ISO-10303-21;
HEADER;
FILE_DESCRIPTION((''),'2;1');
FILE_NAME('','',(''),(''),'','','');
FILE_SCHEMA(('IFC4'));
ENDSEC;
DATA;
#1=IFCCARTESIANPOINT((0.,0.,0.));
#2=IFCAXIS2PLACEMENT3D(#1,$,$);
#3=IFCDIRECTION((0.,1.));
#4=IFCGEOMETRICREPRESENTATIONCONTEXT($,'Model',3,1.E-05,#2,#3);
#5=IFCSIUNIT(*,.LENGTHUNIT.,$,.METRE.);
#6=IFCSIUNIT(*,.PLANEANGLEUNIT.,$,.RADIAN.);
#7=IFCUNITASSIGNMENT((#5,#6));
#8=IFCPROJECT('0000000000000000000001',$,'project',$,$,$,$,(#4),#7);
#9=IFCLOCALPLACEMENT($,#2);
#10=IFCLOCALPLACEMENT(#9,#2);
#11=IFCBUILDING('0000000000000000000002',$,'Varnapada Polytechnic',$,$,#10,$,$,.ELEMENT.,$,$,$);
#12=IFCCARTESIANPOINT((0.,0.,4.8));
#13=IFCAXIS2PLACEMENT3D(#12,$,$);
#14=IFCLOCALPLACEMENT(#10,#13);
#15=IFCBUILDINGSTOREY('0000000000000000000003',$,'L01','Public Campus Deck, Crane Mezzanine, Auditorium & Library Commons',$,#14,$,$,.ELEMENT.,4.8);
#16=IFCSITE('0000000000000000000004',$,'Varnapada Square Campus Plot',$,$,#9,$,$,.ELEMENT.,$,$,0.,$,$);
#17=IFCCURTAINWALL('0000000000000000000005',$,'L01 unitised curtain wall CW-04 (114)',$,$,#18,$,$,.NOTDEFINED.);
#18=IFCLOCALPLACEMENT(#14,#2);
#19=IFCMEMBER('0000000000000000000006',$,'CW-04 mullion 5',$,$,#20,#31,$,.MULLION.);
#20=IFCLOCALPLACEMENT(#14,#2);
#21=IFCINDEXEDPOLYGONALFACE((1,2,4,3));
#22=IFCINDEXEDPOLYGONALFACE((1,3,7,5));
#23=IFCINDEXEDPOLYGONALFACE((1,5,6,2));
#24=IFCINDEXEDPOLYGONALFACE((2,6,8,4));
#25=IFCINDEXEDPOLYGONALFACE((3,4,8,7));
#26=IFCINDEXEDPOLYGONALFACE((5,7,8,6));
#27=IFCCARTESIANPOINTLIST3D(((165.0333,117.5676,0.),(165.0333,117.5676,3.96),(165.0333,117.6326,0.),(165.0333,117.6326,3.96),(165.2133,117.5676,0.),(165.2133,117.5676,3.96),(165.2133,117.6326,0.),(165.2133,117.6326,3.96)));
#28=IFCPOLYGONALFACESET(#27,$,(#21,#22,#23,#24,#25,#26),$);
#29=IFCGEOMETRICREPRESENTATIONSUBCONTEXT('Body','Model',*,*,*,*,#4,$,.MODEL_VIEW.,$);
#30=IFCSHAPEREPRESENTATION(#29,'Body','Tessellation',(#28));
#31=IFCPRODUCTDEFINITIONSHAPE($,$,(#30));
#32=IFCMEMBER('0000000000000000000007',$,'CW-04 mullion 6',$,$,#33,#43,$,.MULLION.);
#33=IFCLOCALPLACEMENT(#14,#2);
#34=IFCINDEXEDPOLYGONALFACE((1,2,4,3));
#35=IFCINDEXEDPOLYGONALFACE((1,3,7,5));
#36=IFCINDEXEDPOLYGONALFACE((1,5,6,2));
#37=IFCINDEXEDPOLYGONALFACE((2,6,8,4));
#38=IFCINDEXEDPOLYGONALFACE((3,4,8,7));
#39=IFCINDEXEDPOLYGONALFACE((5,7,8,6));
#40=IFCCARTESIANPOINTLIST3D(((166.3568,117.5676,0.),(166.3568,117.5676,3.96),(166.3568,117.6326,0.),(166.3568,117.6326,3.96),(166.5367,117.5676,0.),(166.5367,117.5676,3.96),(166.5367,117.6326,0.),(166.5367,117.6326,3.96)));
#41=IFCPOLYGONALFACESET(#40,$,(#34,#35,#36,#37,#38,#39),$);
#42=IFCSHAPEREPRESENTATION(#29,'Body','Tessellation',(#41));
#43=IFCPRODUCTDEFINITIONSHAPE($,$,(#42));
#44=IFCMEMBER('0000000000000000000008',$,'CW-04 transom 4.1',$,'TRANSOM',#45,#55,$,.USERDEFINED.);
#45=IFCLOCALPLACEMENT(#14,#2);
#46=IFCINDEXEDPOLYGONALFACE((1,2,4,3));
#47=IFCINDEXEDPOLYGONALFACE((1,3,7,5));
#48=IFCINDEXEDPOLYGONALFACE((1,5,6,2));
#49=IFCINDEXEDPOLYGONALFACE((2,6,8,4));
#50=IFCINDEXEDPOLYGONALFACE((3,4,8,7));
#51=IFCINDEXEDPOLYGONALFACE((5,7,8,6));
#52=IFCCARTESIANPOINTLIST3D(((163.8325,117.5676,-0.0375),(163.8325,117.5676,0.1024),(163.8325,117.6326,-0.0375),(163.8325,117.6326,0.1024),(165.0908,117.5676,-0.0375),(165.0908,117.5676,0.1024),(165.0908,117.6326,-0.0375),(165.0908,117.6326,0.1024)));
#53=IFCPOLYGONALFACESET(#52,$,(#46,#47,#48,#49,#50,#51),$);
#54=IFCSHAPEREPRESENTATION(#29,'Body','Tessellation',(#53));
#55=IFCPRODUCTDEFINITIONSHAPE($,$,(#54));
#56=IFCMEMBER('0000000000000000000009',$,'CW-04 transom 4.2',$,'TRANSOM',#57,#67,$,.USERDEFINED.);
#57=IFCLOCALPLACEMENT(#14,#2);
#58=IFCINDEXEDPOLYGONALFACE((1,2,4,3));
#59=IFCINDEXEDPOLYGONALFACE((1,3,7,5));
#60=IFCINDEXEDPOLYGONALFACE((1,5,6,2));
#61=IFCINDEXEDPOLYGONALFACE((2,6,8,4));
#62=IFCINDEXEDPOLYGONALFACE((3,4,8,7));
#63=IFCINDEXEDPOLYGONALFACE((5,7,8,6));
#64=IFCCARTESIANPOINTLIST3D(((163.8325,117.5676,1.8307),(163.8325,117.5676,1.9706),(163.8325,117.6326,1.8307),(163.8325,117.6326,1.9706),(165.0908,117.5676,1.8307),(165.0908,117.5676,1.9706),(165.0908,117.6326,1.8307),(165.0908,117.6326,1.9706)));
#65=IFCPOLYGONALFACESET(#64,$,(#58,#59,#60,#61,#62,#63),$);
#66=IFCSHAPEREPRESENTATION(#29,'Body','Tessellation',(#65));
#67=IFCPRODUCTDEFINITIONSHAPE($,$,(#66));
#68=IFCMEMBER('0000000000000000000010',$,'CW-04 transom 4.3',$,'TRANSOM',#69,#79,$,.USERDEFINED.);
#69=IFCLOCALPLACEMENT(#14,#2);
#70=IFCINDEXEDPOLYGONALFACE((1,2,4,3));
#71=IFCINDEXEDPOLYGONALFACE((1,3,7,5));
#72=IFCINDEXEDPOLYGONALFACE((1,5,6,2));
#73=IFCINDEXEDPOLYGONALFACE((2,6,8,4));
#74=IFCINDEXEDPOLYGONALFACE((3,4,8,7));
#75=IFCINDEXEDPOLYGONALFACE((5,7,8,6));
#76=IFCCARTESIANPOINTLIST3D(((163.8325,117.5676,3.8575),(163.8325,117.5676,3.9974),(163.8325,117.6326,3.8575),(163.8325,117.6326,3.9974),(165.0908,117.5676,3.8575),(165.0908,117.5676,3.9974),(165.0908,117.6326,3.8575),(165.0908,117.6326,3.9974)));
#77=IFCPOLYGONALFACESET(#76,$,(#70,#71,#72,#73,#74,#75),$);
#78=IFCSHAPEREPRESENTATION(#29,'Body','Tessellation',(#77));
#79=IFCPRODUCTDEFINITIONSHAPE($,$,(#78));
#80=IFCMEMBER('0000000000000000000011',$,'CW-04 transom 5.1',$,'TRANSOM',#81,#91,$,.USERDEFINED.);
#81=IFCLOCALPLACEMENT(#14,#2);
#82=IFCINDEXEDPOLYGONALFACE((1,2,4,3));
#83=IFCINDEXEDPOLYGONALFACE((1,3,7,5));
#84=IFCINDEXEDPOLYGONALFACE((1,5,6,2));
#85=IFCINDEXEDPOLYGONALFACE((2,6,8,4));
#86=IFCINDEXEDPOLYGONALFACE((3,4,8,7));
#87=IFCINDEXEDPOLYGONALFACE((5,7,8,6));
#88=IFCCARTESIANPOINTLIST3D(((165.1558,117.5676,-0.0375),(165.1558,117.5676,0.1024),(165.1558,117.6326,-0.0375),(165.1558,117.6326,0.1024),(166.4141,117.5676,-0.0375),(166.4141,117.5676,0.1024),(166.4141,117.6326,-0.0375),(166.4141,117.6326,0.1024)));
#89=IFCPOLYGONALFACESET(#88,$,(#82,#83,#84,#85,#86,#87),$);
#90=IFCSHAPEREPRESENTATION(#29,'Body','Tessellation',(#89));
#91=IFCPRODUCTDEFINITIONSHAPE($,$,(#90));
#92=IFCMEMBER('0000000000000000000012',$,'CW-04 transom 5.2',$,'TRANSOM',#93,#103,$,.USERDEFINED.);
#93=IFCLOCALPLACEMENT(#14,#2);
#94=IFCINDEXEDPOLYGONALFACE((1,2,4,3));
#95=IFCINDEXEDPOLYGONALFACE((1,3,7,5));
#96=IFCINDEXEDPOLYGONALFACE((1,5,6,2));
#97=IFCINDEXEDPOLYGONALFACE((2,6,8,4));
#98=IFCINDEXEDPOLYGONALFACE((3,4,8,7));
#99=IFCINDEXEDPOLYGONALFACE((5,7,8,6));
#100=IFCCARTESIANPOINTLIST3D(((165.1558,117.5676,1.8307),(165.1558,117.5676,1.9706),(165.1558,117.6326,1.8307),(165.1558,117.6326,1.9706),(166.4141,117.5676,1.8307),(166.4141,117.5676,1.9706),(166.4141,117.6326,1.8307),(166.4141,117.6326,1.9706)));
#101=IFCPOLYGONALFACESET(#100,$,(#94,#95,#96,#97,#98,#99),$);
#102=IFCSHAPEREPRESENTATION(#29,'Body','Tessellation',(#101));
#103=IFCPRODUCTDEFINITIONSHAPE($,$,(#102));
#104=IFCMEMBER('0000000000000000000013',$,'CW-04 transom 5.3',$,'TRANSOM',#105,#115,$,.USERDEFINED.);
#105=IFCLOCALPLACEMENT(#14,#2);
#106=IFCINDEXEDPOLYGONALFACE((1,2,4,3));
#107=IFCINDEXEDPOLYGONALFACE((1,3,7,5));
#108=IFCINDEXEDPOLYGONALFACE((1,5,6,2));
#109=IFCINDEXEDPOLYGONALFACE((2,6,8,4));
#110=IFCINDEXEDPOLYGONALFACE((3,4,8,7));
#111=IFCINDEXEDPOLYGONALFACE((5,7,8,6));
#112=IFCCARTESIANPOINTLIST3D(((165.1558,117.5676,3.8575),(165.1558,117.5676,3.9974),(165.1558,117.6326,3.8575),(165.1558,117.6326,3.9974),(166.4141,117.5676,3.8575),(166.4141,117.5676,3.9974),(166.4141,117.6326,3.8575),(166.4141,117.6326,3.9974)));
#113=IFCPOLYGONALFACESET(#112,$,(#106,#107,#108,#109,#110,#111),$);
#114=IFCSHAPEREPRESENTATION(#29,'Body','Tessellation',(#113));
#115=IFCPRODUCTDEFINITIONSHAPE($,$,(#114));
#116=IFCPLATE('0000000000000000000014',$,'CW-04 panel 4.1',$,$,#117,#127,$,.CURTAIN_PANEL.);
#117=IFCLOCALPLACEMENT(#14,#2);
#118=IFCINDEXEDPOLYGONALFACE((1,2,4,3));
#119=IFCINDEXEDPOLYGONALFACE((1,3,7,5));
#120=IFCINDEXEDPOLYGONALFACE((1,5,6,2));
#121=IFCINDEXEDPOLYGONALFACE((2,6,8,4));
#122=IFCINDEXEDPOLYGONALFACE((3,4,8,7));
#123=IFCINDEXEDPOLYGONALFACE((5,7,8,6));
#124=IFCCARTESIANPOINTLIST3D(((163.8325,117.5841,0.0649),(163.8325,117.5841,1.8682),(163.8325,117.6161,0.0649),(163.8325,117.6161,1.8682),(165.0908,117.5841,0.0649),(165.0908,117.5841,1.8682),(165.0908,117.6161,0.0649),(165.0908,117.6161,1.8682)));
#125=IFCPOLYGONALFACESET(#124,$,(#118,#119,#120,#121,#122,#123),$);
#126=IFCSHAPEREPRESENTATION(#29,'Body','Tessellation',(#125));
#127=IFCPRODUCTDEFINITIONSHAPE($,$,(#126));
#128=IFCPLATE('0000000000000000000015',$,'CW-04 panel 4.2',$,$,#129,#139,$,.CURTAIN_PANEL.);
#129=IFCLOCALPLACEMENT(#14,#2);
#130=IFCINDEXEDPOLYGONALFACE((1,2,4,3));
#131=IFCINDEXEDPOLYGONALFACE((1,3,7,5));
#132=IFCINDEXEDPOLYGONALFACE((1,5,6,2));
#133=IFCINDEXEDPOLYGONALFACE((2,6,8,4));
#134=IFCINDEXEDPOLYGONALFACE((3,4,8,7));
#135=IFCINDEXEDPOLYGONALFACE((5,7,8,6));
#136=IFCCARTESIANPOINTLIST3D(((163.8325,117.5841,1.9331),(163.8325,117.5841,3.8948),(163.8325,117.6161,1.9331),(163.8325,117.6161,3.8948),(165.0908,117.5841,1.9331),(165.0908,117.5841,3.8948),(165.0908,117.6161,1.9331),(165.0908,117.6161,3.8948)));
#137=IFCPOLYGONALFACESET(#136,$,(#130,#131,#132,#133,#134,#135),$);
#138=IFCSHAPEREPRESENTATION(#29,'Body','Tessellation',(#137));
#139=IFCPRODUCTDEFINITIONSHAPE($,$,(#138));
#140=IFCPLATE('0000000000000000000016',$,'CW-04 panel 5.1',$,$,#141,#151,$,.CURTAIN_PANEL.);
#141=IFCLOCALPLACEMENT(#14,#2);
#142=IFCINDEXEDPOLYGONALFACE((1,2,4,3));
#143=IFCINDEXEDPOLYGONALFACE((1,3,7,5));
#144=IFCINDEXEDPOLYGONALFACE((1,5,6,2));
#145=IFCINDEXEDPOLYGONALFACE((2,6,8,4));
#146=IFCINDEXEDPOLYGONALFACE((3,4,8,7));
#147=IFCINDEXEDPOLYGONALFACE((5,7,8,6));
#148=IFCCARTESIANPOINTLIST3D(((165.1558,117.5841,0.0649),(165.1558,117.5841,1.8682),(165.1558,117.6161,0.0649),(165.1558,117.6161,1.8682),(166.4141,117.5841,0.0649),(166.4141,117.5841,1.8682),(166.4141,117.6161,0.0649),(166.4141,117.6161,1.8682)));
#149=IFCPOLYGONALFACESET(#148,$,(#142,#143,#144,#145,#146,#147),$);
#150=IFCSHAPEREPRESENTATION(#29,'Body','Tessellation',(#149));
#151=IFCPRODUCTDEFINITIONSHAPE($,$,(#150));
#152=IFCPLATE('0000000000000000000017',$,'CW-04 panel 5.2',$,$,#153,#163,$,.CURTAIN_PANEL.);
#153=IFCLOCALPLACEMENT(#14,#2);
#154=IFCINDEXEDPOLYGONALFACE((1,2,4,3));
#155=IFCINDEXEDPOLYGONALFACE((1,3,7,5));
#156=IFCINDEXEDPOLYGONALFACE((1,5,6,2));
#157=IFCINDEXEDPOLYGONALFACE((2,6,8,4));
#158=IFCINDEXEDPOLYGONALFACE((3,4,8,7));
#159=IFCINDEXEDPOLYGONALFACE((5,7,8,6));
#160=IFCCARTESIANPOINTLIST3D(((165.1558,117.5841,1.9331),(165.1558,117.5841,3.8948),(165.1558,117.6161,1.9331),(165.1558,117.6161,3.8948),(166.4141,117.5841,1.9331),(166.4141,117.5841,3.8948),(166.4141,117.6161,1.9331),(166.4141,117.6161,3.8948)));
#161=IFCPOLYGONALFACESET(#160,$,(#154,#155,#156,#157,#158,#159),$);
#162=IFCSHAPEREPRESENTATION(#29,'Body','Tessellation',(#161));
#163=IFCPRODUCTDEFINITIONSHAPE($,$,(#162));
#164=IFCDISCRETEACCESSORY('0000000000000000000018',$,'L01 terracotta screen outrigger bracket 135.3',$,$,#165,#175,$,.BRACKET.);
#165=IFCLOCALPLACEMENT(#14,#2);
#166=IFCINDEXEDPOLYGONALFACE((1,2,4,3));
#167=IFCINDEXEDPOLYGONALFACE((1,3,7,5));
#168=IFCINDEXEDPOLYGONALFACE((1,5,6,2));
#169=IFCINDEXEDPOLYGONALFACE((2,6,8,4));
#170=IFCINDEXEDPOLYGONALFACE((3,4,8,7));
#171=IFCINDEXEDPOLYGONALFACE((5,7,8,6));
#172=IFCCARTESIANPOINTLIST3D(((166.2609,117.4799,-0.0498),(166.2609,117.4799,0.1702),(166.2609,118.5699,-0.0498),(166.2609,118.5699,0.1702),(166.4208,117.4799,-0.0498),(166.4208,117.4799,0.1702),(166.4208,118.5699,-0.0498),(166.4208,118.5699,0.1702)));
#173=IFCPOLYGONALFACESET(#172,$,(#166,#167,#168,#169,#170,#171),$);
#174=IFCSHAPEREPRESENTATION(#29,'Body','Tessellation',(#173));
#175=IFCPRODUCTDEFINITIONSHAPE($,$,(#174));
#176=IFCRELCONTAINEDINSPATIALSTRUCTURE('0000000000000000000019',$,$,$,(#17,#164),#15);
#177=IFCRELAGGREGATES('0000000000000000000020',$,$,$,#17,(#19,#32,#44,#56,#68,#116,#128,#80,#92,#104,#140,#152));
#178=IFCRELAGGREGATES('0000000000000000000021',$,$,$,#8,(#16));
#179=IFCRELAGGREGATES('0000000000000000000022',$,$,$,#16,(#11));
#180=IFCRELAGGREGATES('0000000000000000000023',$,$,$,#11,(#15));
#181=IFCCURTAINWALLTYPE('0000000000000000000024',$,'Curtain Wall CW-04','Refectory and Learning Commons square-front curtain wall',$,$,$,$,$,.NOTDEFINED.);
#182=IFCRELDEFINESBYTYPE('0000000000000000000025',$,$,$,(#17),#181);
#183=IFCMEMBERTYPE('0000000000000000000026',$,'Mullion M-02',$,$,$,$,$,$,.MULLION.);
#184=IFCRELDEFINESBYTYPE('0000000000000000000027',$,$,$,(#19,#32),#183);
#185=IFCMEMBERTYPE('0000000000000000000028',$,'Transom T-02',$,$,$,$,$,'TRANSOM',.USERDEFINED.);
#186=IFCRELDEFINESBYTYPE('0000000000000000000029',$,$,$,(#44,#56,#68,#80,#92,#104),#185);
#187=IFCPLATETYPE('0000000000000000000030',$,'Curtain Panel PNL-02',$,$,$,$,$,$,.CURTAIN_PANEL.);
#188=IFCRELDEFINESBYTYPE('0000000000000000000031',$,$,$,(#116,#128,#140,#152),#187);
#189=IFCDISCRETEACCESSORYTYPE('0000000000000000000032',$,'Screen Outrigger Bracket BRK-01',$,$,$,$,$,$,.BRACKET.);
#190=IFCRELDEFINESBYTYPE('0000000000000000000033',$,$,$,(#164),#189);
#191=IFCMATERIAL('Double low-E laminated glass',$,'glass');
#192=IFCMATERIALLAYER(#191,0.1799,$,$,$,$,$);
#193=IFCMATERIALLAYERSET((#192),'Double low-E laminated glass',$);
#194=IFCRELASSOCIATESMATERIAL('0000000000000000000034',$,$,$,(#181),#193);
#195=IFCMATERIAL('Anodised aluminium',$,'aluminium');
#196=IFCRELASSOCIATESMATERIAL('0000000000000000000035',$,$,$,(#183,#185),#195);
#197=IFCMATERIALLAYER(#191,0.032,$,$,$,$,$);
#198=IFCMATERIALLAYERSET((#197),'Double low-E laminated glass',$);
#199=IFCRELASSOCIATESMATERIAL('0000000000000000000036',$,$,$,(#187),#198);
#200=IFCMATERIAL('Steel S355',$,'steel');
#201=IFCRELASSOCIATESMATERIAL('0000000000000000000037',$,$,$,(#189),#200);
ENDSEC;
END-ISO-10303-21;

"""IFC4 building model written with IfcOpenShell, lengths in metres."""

from ifc_helpers import new_model, si_unit, direction, frame, origin, origin_2d, place, context, subcontext, project, spatial, rectangle, extrude, material, layer, layer_set, material_profile, profile_set, type_object, element, aggregate, save


model = new_model("IFC4")

# Units and contexts
model_context = context("Model", 3, precision=1e-05, world=origin(), true_north=direction((0.0, 1.0)))
body_context = subcontext(model_context, "Body", "Model", "MODEL_VIEW")
ifc_project = project(units=[si_unit("LENGTHUNIT", "METRE"), si_unit("PLANEANGLEUNIT", "RADIAN")], contexts=[model_context])

# Site, building, storey
site_placement = place(None, origin())
site = spatial("IfcSite", under=ifc_project, at=site_placement, Name="Varnapada Square Campus Plot", CompositionType="ELEMENT", RefElevation=0.0)
building_placement = place(site_placement, origin())
building = spatial("IfcBuilding", under=site, at=building_placement, Name="Varnapada Polytechnic", CompositionType="ELEMENT")
storey_placement = place(building_placement, frame((0.0, 0.0, 4.8)))
storey = spatial("IfcBuildingStorey", under=building, at=storey_placement, Name="L01", Description="Public Campus Deck, Crane Mezzanine, Auditorium & Library Commons", CompositionType="ELEMENT", Elevation=4.8)

# Curtain wall, members, plates
ifc_material_1 = material(Name="Double low-E laminated glass", Category="glass")
ifc_layer_1 = layer(ifc_material_1, 0.1799)
ifc_layer_set_1 = layer_set([ifc_layer_1], Name="Double low-E laminated glass")
curtain_wall_type = type_object("IfcCurtainWallType", Name="Curtain Wall CW-04", Description="Refectory and Learning Commons square-front curtain wall", PredefinedType="NOTDEFINED", material=ifc_layer_set_1)
curtain_wall_placement = place(storey_placement, origin())
curtain_wall = element("IfcCurtainWall", 1, at=curtain_wall_placement, inside=storey, type_object=curtain_wall_type, Name="L01 unitised curtain wall CW-04 (114)", PredefinedType="NOTDEFINED")
ifc_material_2 = material(Name="Anodised aluminium", Category="aluminium")
ifc_material_profile_1 = material_profile(ifc_material_2, rectangle(XDim=0.0649, YDim=0.1799, at=origin_2d()), Name="ALU M65x180")
ifc_profile_set_1 = profile_set([ifc_material_profile_1], Name="Anodised aluminium")
member_type_1 = type_object("IfcMemberType", Name="Mullion M-02", PredefinedType="MULLION", material=ifc_profile_set_1)
member_1_placement = place(storey_placement, frame((165.1233, 117.6001, 0.0), z_axis=(0.0, 0.0, 1.0), x_axis=(0.0, 1.0, 0.0)))
member_1 = element("IfcMember", 2, at=member_1_placement, type_object=member_type_1, Name="CW-04 mullion 5", PredefinedType="MULLION", context=body_context, shape_type="SweptSolid", body=[
    extrude(rectangle(XDim=0.0649, YDim=0.1799, at=origin_2d()), origin(), (0.0, 0.0, 1.0), 3.96),
])
member_2_placement = place(storey_placement, frame((166.4468, 117.6001, 0.0), z_axis=(0.0, 0.0, 1.0), x_axis=(0.0, 1.0, 0.0)))
member_2 = element("IfcMember", 3, at=member_2_placement, type_object=member_type_1, Name="CW-04 mullion 6", PredefinedType="MULLION", context=body_context, shape_type="SweptSolid", body=[
    extrude(rectangle(XDim=0.0649, YDim=0.1799, at=origin_2d()), origin(), (0.0, 0.0, 1.0), 3.96),
])
ifc_material_profile_2 = material_profile(ifc_material_2, rectangle(XDim=0.0649, YDim=0.1399, at=origin_2d()), Name="ALU T65x140")
ifc_profile_set_2 = profile_set([ifc_material_profile_2], Name="Anodised aluminium")
member_type_2 = type_object("IfcMemberType", Name="Transom T-02", ElementType="TRANSOM", PredefinedType="USERDEFINED", material=ifc_profile_set_2)
member_3_placement = place(storey_placement, frame((163.8325, 117.6001, 0.0325), z_axis=(1.0, 0.0, 0.0), x_axis=(0.0, 1.0, 0.0)))
member_3 = element("IfcMember", 4, at=member_3_placement, type_object=member_type_2, Name="CW-04 transom 4.1", ObjectType="TRANSOM", PredefinedType="USERDEFINED", context=body_context, shape_type="SweptSolid", body=[
    extrude(rectangle(XDim=0.0649, YDim=0.1399, at=origin_2d()), origin(), (0.0, 0.0, 1.0), 1.2583),
])
member_4_placement = place(storey_placement, frame((163.8325, 117.6001, 1.9006), z_axis=(1.0, 0.0, 0.0), x_axis=(0.0, 1.0, 0.0)))
member_4 = element("IfcMember", 5, at=member_4_placement, type_object=member_type_2, Name="CW-04 transom 4.2", ObjectType="TRANSOM", PredefinedType="USERDEFINED", context=body_context, shape_type="SweptSolid", body=[
    extrude(rectangle(XDim=0.0649, YDim=0.1399, at=origin_2d()), origin(), (0.0, 0.0, 1.0), 1.2583),
])
member_5_placement = place(storey_placement, frame((163.8325, 117.6001, 3.9275), z_axis=(1.0, 0.0, 0.0), x_axis=(0.0, 1.0, 0.0)))
member_5 = element("IfcMember", 6, at=member_5_placement, type_object=member_type_2, Name="CW-04 transom 4.3", ObjectType="TRANSOM", PredefinedType="USERDEFINED", context=body_context, shape_type="SweptSolid", body=[
    extrude(rectangle(XDim=0.0649, YDim=0.1399, at=origin_2d()), origin(), (0.0, 0.0, 1.0), 1.2583),
])
member_6_placement = place(storey_placement, frame((165.1558, 117.6001, 0.0325), z_axis=(1.0, 0.0, 0.0), x_axis=(0.0, 1.0, 0.0)))
member_6 = element("IfcMember", 7, at=member_6_placement, type_object=member_type_2, Name="CW-04 transom 5.1", ObjectType="TRANSOM", PredefinedType="USERDEFINED", context=body_context, shape_type="SweptSolid", body=[
    extrude(rectangle(XDim=0.0649, YDim=0.1399, at=origin_2d()), origin(), (0.0, 0.0, 1.0), 1.2583),
])
member_7_placement = place(storey_placement, frame((165.1558, 117.6001, 1.9006), z_axis=(1.0, 0.0, 0.0), x_axis=(0.0, 1.0, 0.0)))
member_7 = element("IfcMember", 8, at=member_7_placement, type_object=member_type_2, Name="CW-04 transom 5.2", ObjectType="TRANSOM", PredefinedType="USERDEFINED", context=body_context, shape_type="SweptSolid", body=[
    extrude(rectangle(XDim=0.0649, YDim=0.1399, at=origin_2d()), origin(), (0.0, 0.0, 1.0), 1.2583),
])
member_8_placement = place(storey_placement, frame((165.1558, 117.6001, 3.9275), z_axis=(1.0, 0.0, 0.0), x_axis=(0.0, 1.0, 0.0)))
member_8 = element("IfcMember", 9, at=member_8_placement, type_object=member_type_2, Name="CW-04 transom 5.3", ObjectType="TRANSOM", PredefinedType="USERDEFINED", context=body_context, shape_type="SweptSolid", body=[
    extrude(rectangle(XDim=0.0649, YDim=0.1399, at=origin_2d()), origin(), (0.0, 0.0, 1.0), 1.2583),
])
ifc_layer_2 = layer(ifc_material_1, 0.032)
ifc_layer_set_2 = layer_set([ifc_layer_2], Name="Double low-E laminated glass")
plate_type = type_object("IfcPlateType", Name="Curtain Panel PNL-02", PredefinedType="CURTAIN_PANEL", material=ifc_layer_set_2)
plate_1_placement = place(storey_placement, frame((164.4617, 117.6001, 0.0649), z_axis=(0.0, 0.0, 1.0), x_axis=(1.0, 0.0, 0.0)))
plate_1 = element("IfcPlate", 10, at=plate_1_placement, type_object=plate_type, Name="CW-04 panel 4.1", PredefinedType="CURTAIN_PANEL", context=body_context, shape_type="SweptSolid", body=[
    extrude(rectangle(XDim=1.2583, YDim=0.032, at=origin_2d()), origin(), (0.0, 0.0, 1.0), 1.8032),
])
plate_2_placement = place(storey_placement, frame((164.4617, 117.6001, 1.9331), z_axis=(0.0, 0.0, 1.0), x_axis=(1.0, 0.0, 0.0)))
plate_2 = element("IfcPlate", 11, at=plate_2_placement, type_object=plate_type, Name="CW-04 panel 4.2", PredefinedType="CURTAIN_PANEL", context=body_context, shape_type="SweptSolid", body=[
    extrude(rectangle(XDim=1.2583, YDim=0.032, at=origin_2d()), origin(), (0.0, 0.0, 1.0), 1.9617),
])
plate_3_placement = place(storey_placement, frame((165.7849, 117.6001, 0.0649), z_axis=(0.0, 0.0, 1.0), x_axis=(1.0, 0.0, 0.0)))
plate_3 = element("IfcPlate", 12, at=plate_3_placement, type_object=plate_type, Name="CW-04 panel 5.1", PredefinedType="CURTAIN_PANEL", context=body_context, shape_type="SweptSolid", body=[
    extrude(rectangle(XDim=1.2583, YDim=0.032, at=origin_2d()), origin(), (0.0, 0.0, 1.0), 1.8032),
])
plate_4_placement = place(storey_placement, frame((165.7849, 117.6001, 1.9331), z_axis=(0.0, 0.0, 1.0), x_axis=(1.0, 0.0, 0.0)))
plate_4 = element("IfcPlate", 13, at=plate_4_placement, type_object=plate_type, Name="CW-04 panel 5.2", PredefinedType="CURTAIN_PANEL", context=body_context, shape_type="SweptSolid", body=[
    extrude(rectangle(XDim=1.2583, YDim=0.032, at=origin_2d()), origin(), (0.0, 0.0, 1.0), 1.9617),
])
aggregate(curtain_wall, [member_1, member_2, member_3, member_4, member_5, plate_1, plate_2, member_6, member_7, member_8, plate_3, plate_4])

# Discrete accessory
ifc_material_3 = material(Name="Steel S355", Category="steel")
discrete_accessory_type = type_object("IfcDiscreteAccessoryType", Name="Screen Outrigger Bracket BRK-01", PredefinedType="BRACKET", material=ifc_material_3)
discrete_accessory_placement = place(storey_placement, frame((166.3408, 118.0249, -0.0498), z_axis=(0.0, 0.0, 1.0), x_axis=(1.0, 0.0, 0.0)))
element("IfcDiscreteAccessory", 14, at=discrete_accessory_placement, inside=storey, type_object=discrete_accessory_type, Name="L01 terracotta screen outrigger bracket 135.3", PredefinedType="BRACKET", context=body_context, shape_type="SweptSolid", body=[
    extrude(rectangle(XDim=0.1599, YDim=1.0901, at=origin_2d()), origin(), (0.0, 0.0, 1.0), 0.22),
])

save(model, "model.ifc")
